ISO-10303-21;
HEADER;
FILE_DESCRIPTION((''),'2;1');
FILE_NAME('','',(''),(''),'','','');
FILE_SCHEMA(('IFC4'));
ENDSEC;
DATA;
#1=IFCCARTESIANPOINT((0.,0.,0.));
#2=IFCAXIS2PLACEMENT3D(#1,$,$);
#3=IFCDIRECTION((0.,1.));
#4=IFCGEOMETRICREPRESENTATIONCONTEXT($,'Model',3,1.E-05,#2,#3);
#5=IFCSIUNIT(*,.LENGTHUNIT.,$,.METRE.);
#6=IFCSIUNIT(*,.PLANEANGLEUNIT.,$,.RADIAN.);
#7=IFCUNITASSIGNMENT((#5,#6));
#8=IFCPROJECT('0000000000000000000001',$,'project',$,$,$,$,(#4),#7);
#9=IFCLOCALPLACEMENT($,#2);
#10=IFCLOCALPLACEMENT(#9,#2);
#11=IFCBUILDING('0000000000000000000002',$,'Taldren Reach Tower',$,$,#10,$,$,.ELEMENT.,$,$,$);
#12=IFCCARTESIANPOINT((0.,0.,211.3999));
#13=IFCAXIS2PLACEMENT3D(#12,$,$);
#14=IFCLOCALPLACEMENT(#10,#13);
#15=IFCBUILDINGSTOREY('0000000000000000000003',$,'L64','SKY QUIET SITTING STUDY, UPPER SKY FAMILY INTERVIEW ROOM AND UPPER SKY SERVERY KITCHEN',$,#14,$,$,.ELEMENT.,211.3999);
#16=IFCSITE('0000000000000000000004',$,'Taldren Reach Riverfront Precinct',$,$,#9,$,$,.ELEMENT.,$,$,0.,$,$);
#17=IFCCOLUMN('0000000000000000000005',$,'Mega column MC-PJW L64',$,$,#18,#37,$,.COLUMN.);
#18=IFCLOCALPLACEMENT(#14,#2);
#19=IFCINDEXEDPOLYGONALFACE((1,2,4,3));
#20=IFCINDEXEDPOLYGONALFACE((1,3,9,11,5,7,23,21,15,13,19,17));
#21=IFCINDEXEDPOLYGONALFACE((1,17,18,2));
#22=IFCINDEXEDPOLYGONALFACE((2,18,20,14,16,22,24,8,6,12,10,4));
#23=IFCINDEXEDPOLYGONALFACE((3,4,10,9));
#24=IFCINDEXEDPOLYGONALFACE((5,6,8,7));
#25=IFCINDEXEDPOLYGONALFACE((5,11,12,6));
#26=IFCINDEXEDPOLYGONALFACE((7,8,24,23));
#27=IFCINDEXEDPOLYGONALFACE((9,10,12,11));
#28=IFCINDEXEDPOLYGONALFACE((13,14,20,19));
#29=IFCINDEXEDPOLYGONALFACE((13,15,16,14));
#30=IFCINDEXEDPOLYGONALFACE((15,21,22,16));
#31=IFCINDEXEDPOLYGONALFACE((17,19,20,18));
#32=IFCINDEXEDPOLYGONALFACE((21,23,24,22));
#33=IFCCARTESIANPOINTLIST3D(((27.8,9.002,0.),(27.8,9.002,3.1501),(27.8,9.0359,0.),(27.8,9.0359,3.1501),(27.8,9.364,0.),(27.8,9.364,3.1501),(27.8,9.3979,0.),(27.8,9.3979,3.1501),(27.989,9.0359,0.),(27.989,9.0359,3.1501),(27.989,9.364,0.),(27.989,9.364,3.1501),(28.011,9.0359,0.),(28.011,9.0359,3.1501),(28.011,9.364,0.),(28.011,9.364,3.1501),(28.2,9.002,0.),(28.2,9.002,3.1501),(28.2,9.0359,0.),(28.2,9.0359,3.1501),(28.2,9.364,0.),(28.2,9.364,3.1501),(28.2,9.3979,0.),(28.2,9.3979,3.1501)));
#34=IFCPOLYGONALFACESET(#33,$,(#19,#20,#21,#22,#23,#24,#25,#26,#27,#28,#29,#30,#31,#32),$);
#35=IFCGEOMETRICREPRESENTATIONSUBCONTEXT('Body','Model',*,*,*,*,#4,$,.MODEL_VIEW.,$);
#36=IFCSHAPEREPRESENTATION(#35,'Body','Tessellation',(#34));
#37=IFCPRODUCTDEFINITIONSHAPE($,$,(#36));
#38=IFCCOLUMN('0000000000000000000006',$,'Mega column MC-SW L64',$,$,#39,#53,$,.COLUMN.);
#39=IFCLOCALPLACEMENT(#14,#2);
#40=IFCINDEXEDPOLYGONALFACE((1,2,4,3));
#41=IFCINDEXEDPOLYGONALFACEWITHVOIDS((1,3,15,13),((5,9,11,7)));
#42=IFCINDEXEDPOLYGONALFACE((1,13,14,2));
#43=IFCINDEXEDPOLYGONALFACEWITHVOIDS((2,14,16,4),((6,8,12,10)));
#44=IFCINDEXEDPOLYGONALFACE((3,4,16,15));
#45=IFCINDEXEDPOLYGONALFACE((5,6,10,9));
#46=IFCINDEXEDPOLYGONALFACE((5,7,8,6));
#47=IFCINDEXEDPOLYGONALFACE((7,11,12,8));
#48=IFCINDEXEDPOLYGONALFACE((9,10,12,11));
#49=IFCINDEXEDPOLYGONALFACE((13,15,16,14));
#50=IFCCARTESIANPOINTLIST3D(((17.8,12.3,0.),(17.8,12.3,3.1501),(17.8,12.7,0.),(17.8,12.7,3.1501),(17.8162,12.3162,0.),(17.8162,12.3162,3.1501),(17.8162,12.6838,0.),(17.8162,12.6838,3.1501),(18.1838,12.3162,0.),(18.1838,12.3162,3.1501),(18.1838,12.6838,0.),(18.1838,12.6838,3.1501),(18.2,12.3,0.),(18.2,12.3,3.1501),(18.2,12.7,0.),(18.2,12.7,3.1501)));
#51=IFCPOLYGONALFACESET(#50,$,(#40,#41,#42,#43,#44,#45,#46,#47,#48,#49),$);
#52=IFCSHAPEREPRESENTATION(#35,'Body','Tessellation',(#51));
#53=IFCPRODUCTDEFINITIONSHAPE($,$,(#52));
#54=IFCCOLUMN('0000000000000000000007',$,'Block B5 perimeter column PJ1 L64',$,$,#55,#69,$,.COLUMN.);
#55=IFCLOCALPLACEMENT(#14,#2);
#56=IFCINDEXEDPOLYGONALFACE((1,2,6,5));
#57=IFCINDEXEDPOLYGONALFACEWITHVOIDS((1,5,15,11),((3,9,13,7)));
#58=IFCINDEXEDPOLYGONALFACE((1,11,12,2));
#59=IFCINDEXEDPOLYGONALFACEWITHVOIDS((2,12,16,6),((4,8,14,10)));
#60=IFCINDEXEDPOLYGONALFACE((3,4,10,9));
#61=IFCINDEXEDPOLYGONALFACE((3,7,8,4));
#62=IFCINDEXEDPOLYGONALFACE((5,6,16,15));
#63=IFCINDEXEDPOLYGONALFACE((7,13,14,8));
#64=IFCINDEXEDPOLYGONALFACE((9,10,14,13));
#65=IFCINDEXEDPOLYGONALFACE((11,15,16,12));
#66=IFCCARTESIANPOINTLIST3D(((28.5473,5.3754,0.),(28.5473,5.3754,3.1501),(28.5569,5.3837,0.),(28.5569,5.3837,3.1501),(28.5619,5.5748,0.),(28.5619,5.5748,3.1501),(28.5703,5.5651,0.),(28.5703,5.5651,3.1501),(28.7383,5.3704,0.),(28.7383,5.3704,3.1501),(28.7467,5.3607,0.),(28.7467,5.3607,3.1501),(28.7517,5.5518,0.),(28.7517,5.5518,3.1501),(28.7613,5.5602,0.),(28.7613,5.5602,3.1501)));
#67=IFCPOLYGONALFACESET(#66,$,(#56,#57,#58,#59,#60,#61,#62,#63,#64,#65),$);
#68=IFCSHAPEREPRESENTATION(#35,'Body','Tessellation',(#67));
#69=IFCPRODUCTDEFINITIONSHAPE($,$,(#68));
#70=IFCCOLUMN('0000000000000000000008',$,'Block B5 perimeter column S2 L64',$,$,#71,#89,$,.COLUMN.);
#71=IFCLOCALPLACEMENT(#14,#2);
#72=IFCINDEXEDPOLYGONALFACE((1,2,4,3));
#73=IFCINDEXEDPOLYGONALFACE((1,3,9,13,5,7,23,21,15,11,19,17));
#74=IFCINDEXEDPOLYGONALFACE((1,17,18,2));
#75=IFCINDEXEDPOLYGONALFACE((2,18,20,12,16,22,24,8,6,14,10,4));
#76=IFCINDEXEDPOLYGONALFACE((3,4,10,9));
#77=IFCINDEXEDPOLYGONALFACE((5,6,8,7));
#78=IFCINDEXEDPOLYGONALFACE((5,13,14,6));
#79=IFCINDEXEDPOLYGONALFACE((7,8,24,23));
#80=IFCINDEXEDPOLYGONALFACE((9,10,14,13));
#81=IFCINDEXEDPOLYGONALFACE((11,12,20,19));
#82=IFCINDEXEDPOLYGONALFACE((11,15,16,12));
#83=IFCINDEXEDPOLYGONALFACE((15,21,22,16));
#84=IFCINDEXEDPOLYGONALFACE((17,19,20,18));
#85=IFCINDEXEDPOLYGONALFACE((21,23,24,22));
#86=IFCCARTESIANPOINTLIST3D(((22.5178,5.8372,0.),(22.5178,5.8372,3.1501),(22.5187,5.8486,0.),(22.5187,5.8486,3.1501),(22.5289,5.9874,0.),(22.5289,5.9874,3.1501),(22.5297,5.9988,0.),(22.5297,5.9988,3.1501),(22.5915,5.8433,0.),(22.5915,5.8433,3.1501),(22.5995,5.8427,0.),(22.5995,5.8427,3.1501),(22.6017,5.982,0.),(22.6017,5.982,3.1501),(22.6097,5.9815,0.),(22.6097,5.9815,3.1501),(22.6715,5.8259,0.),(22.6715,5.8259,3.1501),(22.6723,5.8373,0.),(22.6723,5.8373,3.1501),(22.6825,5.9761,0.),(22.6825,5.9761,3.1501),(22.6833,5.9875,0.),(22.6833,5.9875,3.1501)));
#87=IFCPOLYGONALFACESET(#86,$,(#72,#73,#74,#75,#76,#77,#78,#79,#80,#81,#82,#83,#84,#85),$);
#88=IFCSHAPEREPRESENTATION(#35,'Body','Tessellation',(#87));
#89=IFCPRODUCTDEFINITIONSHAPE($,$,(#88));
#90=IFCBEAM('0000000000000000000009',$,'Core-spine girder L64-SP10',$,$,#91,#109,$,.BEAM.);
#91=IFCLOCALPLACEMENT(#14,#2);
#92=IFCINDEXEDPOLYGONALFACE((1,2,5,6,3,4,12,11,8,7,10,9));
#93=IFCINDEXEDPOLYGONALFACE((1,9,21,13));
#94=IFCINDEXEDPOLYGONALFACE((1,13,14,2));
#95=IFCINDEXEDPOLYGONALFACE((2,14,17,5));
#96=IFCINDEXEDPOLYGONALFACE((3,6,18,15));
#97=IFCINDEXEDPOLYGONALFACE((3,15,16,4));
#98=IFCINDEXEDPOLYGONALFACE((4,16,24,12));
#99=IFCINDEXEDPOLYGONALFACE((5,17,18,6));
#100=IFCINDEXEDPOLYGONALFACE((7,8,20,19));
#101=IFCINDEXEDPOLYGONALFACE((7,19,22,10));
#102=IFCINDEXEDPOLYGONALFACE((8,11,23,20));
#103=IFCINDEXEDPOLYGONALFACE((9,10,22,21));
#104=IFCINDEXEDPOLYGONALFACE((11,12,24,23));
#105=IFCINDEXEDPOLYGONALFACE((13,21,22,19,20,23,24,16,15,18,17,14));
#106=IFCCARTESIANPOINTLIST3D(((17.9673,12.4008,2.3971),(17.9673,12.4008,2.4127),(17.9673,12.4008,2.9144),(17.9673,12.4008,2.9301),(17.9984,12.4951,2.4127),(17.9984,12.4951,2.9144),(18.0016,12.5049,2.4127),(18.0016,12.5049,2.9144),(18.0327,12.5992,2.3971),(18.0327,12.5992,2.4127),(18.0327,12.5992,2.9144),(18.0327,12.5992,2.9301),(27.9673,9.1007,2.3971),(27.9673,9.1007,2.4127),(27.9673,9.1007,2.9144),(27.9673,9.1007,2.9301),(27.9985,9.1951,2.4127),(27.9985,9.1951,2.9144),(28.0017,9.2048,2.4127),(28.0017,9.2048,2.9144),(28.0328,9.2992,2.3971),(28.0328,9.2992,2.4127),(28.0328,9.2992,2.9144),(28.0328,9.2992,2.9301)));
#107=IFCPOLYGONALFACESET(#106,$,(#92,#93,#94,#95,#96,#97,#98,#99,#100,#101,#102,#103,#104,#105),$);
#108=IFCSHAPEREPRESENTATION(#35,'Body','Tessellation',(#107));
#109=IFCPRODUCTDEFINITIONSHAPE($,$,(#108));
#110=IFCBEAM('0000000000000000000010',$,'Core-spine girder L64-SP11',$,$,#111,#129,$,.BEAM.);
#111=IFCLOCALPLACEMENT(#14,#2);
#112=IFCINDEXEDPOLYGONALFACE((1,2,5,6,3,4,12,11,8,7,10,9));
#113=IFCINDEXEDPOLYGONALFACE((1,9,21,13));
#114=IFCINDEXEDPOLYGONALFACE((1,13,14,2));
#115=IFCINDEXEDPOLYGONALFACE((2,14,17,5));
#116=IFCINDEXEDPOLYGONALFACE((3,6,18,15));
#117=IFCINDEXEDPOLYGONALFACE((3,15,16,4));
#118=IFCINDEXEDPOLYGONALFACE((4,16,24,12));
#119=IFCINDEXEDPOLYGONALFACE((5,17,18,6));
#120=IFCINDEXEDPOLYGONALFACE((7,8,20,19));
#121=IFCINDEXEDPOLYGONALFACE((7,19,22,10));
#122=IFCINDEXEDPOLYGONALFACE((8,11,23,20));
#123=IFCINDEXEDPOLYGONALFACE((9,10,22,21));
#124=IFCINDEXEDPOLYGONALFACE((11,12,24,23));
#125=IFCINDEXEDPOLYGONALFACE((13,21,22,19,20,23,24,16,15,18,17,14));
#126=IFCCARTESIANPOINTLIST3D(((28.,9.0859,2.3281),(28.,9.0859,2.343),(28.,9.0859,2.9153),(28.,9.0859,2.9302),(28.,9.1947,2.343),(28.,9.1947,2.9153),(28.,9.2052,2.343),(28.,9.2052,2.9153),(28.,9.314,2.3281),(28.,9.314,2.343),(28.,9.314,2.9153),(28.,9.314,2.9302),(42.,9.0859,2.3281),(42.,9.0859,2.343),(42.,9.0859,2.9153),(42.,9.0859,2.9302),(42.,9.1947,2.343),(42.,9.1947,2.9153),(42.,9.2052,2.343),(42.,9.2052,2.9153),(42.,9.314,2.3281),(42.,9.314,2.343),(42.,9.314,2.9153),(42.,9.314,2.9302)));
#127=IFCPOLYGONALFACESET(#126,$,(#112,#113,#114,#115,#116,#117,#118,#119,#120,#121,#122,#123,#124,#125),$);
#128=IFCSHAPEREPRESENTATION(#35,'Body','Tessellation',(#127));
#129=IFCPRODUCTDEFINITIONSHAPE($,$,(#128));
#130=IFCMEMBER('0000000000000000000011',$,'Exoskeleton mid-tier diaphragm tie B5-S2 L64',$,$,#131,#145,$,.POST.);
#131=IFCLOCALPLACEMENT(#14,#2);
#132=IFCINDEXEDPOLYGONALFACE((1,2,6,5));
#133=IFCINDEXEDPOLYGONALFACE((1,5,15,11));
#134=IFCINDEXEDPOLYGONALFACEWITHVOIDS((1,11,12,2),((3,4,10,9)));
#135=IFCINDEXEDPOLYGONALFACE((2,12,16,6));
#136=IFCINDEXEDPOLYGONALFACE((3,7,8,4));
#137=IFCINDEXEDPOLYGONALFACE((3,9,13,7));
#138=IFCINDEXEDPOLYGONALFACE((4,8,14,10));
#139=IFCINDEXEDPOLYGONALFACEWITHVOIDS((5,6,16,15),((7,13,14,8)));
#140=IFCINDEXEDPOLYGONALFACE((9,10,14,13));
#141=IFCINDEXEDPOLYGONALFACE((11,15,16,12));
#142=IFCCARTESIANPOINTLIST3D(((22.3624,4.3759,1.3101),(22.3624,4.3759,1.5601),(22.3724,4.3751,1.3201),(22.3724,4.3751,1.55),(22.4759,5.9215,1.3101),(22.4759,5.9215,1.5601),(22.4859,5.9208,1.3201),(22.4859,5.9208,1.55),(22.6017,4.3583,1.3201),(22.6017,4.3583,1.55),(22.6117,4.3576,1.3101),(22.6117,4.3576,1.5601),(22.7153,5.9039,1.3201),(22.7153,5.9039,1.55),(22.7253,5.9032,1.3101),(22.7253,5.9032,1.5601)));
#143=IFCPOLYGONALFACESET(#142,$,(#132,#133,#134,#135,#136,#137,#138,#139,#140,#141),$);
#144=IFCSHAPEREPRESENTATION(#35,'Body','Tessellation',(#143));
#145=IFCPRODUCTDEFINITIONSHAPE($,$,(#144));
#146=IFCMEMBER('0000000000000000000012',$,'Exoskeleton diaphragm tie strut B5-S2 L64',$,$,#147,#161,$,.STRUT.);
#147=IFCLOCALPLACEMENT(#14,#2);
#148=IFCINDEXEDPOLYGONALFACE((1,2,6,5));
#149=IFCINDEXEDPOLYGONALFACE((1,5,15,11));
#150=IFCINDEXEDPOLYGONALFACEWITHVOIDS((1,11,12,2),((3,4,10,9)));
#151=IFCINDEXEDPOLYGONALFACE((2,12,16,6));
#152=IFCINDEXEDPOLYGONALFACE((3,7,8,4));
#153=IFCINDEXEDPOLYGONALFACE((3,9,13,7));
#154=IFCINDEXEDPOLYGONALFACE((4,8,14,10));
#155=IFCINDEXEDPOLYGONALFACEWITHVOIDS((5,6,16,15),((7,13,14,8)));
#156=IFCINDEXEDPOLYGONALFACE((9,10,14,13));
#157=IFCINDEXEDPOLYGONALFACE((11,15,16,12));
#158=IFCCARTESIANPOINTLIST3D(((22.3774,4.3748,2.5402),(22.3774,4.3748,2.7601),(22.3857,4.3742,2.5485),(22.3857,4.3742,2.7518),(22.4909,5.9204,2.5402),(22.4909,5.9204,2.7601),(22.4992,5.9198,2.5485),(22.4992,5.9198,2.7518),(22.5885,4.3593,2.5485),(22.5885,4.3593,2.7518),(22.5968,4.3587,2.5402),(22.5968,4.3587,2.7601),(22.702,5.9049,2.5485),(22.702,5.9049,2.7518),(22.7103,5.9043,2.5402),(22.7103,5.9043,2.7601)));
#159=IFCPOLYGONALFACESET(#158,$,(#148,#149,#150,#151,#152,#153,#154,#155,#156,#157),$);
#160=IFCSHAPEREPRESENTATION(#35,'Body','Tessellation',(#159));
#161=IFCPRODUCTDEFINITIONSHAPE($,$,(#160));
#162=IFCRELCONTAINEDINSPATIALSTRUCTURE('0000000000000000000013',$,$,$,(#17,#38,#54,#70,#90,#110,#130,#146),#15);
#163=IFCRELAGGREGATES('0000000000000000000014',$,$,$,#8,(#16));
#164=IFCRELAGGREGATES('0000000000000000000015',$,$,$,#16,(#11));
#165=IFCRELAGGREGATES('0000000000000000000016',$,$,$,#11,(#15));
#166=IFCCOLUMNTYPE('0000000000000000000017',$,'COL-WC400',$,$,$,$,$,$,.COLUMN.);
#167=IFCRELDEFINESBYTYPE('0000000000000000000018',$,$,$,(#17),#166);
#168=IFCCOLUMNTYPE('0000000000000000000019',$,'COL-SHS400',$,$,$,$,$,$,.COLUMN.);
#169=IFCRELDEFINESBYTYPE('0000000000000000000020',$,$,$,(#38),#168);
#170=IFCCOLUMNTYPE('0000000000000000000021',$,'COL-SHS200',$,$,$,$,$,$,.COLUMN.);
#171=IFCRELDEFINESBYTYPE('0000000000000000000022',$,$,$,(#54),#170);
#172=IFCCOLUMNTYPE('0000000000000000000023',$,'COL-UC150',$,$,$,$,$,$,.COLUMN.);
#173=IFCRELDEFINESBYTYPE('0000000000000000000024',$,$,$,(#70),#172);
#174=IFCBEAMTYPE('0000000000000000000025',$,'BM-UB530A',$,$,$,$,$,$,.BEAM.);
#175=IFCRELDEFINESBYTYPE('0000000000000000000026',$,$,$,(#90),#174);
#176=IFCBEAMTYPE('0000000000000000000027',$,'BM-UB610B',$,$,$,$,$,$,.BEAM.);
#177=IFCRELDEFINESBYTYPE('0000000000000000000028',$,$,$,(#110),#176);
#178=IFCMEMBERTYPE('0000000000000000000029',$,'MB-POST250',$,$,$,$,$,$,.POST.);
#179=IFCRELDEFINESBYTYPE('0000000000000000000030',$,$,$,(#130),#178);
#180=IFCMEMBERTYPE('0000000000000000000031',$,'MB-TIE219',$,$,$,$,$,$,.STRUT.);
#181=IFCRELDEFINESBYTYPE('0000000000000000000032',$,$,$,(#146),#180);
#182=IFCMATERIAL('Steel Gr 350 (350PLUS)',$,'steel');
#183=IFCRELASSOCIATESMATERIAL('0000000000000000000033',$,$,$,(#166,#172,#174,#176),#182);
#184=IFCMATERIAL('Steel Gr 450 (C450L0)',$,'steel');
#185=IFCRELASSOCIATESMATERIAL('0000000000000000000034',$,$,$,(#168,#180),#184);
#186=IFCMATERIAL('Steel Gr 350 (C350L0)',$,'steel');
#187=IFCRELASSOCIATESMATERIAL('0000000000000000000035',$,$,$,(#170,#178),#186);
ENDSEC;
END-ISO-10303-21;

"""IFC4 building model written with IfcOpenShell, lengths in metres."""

from ifc_helpers import new_model, si_unit, direction, frame, origin, origin_2d, place, context, subcontext, project, spatial, hollow_rectangle, i_section, extrude, source, transform, mapped, material, material_profile, profile_set, type_object, element, save


model = new_model("IFC4")

# Units and contexts
model_context = context("Model", 3, precision=1e-05, world=origin(), true_north=direction((0.0, 1.0)))
body_context = subcontext(model_context, "Body", "Model", "MODEL_VIEW")
ifc_project = project(units=[si_unit("LENGTHUNIT", "METRE"), si_unit("PLANEANGLEUNIT", "RADIAN")], contexts=[model_context])

# Site, building, storey
site_placement = place(None, origin())
site = spatial("IfcSite", under=ifc_project, at=site_placement, Name="Taldren Reach Riverfront Precinct", CompositionType="ELEMENT", RefElevation=0.0)
building_placement = place(site_placement, origin())
building = spatial("IfcBuilding", under=site, at=building_placement, Name="Taldren Reach Tower", CompositionType="ELEMENT")
storey_placement = place(building_placement, frame((0.0, 0.0, 211.3999)))
storey = spatial("IfcBuildingStorey", under=building, at=storey_placement, Name="L64", Description="SKY QUIET SITTING STUDY, UPPER SKY FAMILY INTERVIEW ROOM AND UPPER SKY SERVERY KITCHEN", CompositionType="ELEMENT", Elevation=211.3999)

# Columns
ifc_material_1 = material(Name="Steel Gr 350 (350PLUS)", Category="steel")
ifc_material_profile_1 = material_profile(ifc_material_1, i_section(OverallWidth=0.3999, OverallDepth=0.396, WebThickness=0.022, FlangeThickness=0.0339, at=origin_2d()), Name="400WC270")
ifc_profile_set_1 = profile_set([ifc_material_profile_1], Name="Steel Gr 350 (350PLUS)")
column_type_1 = type_object("IfcColumnType", Name="COL-WC400", PredefinedType="COLUMN", material=ifc_profile_set_1)
shared_shape_1 = source(origin(), body_context, "Body", "SweptSolid", [
    extrude(i_section(OverallWidth=0.3999, OverallDepth=0.396, WebThickness=0.022, FlangeThickness=0.0339, at=origin_2d()), origin(), (0.0, 0.0, 1.0), 3.1501),
])
column_1_placement = place(storey_placement, frame((28.0, 9.2, 0.0), z_axis=(0.0, 0.0, 1.0), x_axis=(1.0, 0.0, 0.0)))
element("IfcColumn", 1, at=column_1_placement, inside=storey, type_object=column_type_1, Name="Mega column MC-PJW L64", PredefinedType="COLUMN", context=body_context, shape_type="MappedRepresentation", body=[
    mapped(shared_shape_1, transform((0.0, 0.0, 0.0), scale=1.0)),
])
ifc_material_2 = material(Name="Steel Gr 450 (C450L0)", Category="steel")
ifc_material_profile_2 = material_profile(ifc_material_2, hollow_rectangle(XDim=0.3999, YDim=0.3999, WallThickness=0.0161, at=origin_2d()), Name="400x400x16.0SHS")
ifc_profile_set_2 = profile_set([ifc_material_profile_2], Name="Steel Gr 450 (C450L0)")
column_type_2 = type_object("IfcColumnType", Name="COL-SHS400", PredefinedType="COLUMN", material=ifc_profile_set_2)
shared_shape_2 = source(origin(), body_context, "Body", "SweptSolid", [
    extrude(hollow_rectangle(XDim=0.3999, YDim=0.3999, WallThickness=0.0161, at=origin_2d()), origin(), (0.0, 0.0, 1.0), 3.1501),
])
column_2_placement = place(storey_placement, frame((18.0, 12.5, 0.0), z_axis=(0.0, 0.0, 1.0), x_axis=(1.0, 0.0, 0.0)))
element("IfcColumn", 2, at=column_2_placement, inside=storey, type_object=column_type_2, Name="Mega column MC-SW L64", PredefinedType="COLUMN", context=body_context, shape_type="MappedRepresentation", body=[
    mapped(shared_shape_2, transform((0.0, 0.0, 0.0), scale=1.0)),
])
ifc_material_3 = material(Name="Steel Gr 350 (C350L0)", Category="steel")
ifc_material_profile_3 = material_profile(ifc_material_3, hollow_rectangle(XDim=0.2, YDim=0.2, WallThickness=0.009, at=origin_2d()), Name="200x200x9.0SHS")
ifc_profile_set_3 = profile_set([ifc_material_profile_3], Name="Steel Gr 350 (C350L0)")
column_type_3 = type_object("IfcColumnType", Name="COL-SHS200", PredefinedType="COLUMN", material=ifc_profile_set_3)
shared_shape_3 = source(origin(), body_context, "Body", "SweptSolid", [
    extrude(hollow_rectangle(XDim=0.2, YDim=0.2, WallThickness=0.009, at=origin_2d()), origin(), (0.0, 0.0, 1.0), 3.1501),
])
column_3_placement = place(storey_placement, frame((28.6543, 5.4678, 0.0), z_axis=(0.0, 0.0, 1.0), x_axis=(0.997314, -0.073238, 0.0)))
element("IfcColumn", 3, at=column_3_placement, inside=storey, type_object=column_type_3, Name="Block B5 perimeter column PJ1 L64", PredefinedType="COLUMN", context=body_context, shape_type="MappedRepresentation", body=[
    mapped(shared_shape_3, transform((0.0, 0.0, 0.0), scale=1.0)),
])
ifc_material_profile_4 = material_profile(ifc_material_1, i_section(OverallWidth=0.1541, OverallDepth=0.1621, WebThickness=0.0081, FlangeThickness=0.0115, at=origin_2d()), Name="150UC37.2")
ifc_profile_set_4 = profile_set([ifc_material_profile_4], Name="Steel Gr 350 (350PLUS)")
column_type_4 = type_object("IfcColumnType", Name="COL-UC150", PredefinedType="COLUMN", material=ifc_profile_set_4)
shared_shape_4 = source(origin(), body_context, "Body", "SweptSolid", [
    extrude(i_section(OverallWidth=0.1541, OverallDepth=0.1621, WebThickness=0.0081, FlangeThickness=0.0115, at=origin_2d()), origin(), (0.0, 0.0, 1.0), 3.1501),
])
column_4_placement = place(storey_placement, frame((22.6006, 5.9124, 0.0), z_axis=(0.0, 0.0, 1.0), x_axis=(0.997314, -0.073238, 0.0)))
element("IfcColumn", 4, at=column_4_placement, inside=storey, type_object=column_type_4, Name="Block B5 perimeter column S2 L64", PredefinedType="COLUMN", context=body_context, shape_type="MappedRepresentation", body=[
    mapped(shared_shape_4, transform((0.0, 0.0, 0.0), scale=1.0)),
])

# Beams
ifc_material_profile_5 = material_profile(ifc_material_1, i_section(OverallWidth=0.209, OverallDepth=0.533, WebThickness=0.0103, FlangeThickness=0.0156, at=origin_2d()), Name="530UB92.4")
ifc_profile_set_5 = profile_set([ifc_material_profile_5], Name="Steel Gr 350 (350PLUS)")
beam_type_1 = type_object("IfcBeamType", Name="BM-UB530A", PredefinedType="BEAM", material=ifc_profile_set_5)
shared_shape_5 = source(origin(), body_context, "Body", "SweptSolid", [
    extrude(i_section(OverallWidth=0.209, OverallDepth=0.533, WebThickness=0.0103, FlangeThickness=0.0156, at=origin_2d()), origin(), (0.0, 0.0, 1.0), 10.5305),
])
beam_1_placement = place(storey_placement, frame((18.0, 12.5, 2.6636), z_axis=(0.949627, -0.313382, 0.0), x_axis=(0.313382, 0.949627, 0.0)))
element("IfcBeam", 5, at=beam_1_placement, inside=storey, type_object=beam_type_1, Name="Core-spine girder L64-SP10", PredefinedType="BEAM", context=body_context, shape_type="MappedRepresentation", body=[
    mapped(shared_shape_5, transform((0.0, 0.0, 0.0), scale=1.0)),
])
ifc_material_profile_6 = material_profile(ifc_material_1, i_section(OverallWidth=0.228, OverallDepth=0.6021, WebThickness=0.0105, FlangeThickness=0.0149, at=origin_2d()), Name="610UB101")
ifc_profile_set_6 = profile_set([ifc_material_profile_6], Name="Steel Gr 350 (350PLUS)")
beam_type_2 = type_object("IfcBeamType", Name="BM-UB610B", PredefinedType="BEAM", material=ifc_profile_set_6)
shared_shape_6 = source(origin(), body_context, "Body", "SweptSolid", [
    extrude(i_section(OverallWidth=0.228, OverallDepth=0.6021, WebThickness=0.0105, FlangeThickness=0.0149, at=origin_2d()), origin(), (0.0, 0.0, 1.0), 14.0),
])
beam_2_placement = place(storey_placement, frame((28.0, 9.2, 2.6292), z_axis=(1.0, 0.0, 0.0), x_axis=(0.0, 1.0, 0.0)))
element("IfcBeam", 6, at=beam_2_placement, inside=storey, type_object=beam_type_2, Name="Core-spine girder L64-SP11", PredefinedType="BEAM", context=body_context, shape_type="MappedRepresentation", body=[
    mapped(shared_shape_6, transform((0.0, 0.0, 0.0), scale=1.0)),
])

# Members
ifc_material_profile_7 = material_profile(ifc_material_3, hollow_rectangle(XDim=0.25, YDim=0.25, WallThickness=0.01, at=origin_2d()), Name="250x250x10.0SHS")
ifc_profile_set_7 = profile_set([ifc_material_profile_7], Name="Steel Gr 350 (C350L0)")
member_type_1 = type_object("IfcMemberType", Name="MB-POST250", PredefinedType="POST", material=ifc_profile_set_7)
shared_shape_7 = source(origin(), body_context, "Body", "SweptSolid", [
    extrude(hollow_rectangle(XDim=0.25, YDim=0.25, WallThickness=0.01, at=origin_2d()), origin(), (0.0, 0.0, 1.0), 1.5498),
])
member_placement = place(storey_placement, frame((22.6006, 5.9124, 1.4351), z_axis=(-0.073251, -0.997314, 0.0), x_axis=(0.997314, -0.073251, 0.0)))
element("IfcMember", 7, at=member_placement, inside=storey, type_object=member_type_1, Name="Exoskeleton mid-tier diaphragm tie B5-S2 L64", PredefinedType="POST", context=body_context, shape_type="MappedRepresentation", body=[
    mapped(shared_shape_7, transform((0.0, 0.0, 0.0), scale=1.0)),
])
ifc_material_profile_8 = material_profile(ifc_material_2, hollow_rectangle(XDim=0.22, YDim=0.22, WallThickness=0.0083, at=origin_2d()), Name="220x220x8.2SHS")
ifc_profile_set_8 = profile_set([ifc_material_profile_8], Name="Steel Gr 450 (C450L0)")
member_type_2 = type_object("IfcMemberType", Name="MB-TIE219", PredefinedType="STRUT", material=ifc_profile_set_8)
shared_shape_8 = source(origin(), body_context, "Body", "SweptSolid", [
    extrude(hollow_rectangle(XDim=0.22, YDim=0.22, WallThickness=0.0083, at=origin_2d()), origin(), (0.0, 0.0, 1.0), 1.5498),
])
for number, where, z_axis, x_axis, name in (
    (8, (22.6006, 5.9124, 2.6501), (-0.073251, -0.997314, 0.0), (0.997314, -0.073251, 0.0), "Exoskeleton diaphragm tie strut B5-S2 L64"),
):
    element("IfcMember", number, at=place(storey_placement, frame(where, z_axis=z_axis, x_axis=x_axis)), inside=storey, type_object=member_type_2, Name=name, PredefinedType="STRUT", context=body_context, shape_type="MappedRepresentation", body=[
        mapped(shared_shape_8, transform((0.0, 0.0, 0.0), scale=1.0)),
    ])

save(model, "model.ifc")
